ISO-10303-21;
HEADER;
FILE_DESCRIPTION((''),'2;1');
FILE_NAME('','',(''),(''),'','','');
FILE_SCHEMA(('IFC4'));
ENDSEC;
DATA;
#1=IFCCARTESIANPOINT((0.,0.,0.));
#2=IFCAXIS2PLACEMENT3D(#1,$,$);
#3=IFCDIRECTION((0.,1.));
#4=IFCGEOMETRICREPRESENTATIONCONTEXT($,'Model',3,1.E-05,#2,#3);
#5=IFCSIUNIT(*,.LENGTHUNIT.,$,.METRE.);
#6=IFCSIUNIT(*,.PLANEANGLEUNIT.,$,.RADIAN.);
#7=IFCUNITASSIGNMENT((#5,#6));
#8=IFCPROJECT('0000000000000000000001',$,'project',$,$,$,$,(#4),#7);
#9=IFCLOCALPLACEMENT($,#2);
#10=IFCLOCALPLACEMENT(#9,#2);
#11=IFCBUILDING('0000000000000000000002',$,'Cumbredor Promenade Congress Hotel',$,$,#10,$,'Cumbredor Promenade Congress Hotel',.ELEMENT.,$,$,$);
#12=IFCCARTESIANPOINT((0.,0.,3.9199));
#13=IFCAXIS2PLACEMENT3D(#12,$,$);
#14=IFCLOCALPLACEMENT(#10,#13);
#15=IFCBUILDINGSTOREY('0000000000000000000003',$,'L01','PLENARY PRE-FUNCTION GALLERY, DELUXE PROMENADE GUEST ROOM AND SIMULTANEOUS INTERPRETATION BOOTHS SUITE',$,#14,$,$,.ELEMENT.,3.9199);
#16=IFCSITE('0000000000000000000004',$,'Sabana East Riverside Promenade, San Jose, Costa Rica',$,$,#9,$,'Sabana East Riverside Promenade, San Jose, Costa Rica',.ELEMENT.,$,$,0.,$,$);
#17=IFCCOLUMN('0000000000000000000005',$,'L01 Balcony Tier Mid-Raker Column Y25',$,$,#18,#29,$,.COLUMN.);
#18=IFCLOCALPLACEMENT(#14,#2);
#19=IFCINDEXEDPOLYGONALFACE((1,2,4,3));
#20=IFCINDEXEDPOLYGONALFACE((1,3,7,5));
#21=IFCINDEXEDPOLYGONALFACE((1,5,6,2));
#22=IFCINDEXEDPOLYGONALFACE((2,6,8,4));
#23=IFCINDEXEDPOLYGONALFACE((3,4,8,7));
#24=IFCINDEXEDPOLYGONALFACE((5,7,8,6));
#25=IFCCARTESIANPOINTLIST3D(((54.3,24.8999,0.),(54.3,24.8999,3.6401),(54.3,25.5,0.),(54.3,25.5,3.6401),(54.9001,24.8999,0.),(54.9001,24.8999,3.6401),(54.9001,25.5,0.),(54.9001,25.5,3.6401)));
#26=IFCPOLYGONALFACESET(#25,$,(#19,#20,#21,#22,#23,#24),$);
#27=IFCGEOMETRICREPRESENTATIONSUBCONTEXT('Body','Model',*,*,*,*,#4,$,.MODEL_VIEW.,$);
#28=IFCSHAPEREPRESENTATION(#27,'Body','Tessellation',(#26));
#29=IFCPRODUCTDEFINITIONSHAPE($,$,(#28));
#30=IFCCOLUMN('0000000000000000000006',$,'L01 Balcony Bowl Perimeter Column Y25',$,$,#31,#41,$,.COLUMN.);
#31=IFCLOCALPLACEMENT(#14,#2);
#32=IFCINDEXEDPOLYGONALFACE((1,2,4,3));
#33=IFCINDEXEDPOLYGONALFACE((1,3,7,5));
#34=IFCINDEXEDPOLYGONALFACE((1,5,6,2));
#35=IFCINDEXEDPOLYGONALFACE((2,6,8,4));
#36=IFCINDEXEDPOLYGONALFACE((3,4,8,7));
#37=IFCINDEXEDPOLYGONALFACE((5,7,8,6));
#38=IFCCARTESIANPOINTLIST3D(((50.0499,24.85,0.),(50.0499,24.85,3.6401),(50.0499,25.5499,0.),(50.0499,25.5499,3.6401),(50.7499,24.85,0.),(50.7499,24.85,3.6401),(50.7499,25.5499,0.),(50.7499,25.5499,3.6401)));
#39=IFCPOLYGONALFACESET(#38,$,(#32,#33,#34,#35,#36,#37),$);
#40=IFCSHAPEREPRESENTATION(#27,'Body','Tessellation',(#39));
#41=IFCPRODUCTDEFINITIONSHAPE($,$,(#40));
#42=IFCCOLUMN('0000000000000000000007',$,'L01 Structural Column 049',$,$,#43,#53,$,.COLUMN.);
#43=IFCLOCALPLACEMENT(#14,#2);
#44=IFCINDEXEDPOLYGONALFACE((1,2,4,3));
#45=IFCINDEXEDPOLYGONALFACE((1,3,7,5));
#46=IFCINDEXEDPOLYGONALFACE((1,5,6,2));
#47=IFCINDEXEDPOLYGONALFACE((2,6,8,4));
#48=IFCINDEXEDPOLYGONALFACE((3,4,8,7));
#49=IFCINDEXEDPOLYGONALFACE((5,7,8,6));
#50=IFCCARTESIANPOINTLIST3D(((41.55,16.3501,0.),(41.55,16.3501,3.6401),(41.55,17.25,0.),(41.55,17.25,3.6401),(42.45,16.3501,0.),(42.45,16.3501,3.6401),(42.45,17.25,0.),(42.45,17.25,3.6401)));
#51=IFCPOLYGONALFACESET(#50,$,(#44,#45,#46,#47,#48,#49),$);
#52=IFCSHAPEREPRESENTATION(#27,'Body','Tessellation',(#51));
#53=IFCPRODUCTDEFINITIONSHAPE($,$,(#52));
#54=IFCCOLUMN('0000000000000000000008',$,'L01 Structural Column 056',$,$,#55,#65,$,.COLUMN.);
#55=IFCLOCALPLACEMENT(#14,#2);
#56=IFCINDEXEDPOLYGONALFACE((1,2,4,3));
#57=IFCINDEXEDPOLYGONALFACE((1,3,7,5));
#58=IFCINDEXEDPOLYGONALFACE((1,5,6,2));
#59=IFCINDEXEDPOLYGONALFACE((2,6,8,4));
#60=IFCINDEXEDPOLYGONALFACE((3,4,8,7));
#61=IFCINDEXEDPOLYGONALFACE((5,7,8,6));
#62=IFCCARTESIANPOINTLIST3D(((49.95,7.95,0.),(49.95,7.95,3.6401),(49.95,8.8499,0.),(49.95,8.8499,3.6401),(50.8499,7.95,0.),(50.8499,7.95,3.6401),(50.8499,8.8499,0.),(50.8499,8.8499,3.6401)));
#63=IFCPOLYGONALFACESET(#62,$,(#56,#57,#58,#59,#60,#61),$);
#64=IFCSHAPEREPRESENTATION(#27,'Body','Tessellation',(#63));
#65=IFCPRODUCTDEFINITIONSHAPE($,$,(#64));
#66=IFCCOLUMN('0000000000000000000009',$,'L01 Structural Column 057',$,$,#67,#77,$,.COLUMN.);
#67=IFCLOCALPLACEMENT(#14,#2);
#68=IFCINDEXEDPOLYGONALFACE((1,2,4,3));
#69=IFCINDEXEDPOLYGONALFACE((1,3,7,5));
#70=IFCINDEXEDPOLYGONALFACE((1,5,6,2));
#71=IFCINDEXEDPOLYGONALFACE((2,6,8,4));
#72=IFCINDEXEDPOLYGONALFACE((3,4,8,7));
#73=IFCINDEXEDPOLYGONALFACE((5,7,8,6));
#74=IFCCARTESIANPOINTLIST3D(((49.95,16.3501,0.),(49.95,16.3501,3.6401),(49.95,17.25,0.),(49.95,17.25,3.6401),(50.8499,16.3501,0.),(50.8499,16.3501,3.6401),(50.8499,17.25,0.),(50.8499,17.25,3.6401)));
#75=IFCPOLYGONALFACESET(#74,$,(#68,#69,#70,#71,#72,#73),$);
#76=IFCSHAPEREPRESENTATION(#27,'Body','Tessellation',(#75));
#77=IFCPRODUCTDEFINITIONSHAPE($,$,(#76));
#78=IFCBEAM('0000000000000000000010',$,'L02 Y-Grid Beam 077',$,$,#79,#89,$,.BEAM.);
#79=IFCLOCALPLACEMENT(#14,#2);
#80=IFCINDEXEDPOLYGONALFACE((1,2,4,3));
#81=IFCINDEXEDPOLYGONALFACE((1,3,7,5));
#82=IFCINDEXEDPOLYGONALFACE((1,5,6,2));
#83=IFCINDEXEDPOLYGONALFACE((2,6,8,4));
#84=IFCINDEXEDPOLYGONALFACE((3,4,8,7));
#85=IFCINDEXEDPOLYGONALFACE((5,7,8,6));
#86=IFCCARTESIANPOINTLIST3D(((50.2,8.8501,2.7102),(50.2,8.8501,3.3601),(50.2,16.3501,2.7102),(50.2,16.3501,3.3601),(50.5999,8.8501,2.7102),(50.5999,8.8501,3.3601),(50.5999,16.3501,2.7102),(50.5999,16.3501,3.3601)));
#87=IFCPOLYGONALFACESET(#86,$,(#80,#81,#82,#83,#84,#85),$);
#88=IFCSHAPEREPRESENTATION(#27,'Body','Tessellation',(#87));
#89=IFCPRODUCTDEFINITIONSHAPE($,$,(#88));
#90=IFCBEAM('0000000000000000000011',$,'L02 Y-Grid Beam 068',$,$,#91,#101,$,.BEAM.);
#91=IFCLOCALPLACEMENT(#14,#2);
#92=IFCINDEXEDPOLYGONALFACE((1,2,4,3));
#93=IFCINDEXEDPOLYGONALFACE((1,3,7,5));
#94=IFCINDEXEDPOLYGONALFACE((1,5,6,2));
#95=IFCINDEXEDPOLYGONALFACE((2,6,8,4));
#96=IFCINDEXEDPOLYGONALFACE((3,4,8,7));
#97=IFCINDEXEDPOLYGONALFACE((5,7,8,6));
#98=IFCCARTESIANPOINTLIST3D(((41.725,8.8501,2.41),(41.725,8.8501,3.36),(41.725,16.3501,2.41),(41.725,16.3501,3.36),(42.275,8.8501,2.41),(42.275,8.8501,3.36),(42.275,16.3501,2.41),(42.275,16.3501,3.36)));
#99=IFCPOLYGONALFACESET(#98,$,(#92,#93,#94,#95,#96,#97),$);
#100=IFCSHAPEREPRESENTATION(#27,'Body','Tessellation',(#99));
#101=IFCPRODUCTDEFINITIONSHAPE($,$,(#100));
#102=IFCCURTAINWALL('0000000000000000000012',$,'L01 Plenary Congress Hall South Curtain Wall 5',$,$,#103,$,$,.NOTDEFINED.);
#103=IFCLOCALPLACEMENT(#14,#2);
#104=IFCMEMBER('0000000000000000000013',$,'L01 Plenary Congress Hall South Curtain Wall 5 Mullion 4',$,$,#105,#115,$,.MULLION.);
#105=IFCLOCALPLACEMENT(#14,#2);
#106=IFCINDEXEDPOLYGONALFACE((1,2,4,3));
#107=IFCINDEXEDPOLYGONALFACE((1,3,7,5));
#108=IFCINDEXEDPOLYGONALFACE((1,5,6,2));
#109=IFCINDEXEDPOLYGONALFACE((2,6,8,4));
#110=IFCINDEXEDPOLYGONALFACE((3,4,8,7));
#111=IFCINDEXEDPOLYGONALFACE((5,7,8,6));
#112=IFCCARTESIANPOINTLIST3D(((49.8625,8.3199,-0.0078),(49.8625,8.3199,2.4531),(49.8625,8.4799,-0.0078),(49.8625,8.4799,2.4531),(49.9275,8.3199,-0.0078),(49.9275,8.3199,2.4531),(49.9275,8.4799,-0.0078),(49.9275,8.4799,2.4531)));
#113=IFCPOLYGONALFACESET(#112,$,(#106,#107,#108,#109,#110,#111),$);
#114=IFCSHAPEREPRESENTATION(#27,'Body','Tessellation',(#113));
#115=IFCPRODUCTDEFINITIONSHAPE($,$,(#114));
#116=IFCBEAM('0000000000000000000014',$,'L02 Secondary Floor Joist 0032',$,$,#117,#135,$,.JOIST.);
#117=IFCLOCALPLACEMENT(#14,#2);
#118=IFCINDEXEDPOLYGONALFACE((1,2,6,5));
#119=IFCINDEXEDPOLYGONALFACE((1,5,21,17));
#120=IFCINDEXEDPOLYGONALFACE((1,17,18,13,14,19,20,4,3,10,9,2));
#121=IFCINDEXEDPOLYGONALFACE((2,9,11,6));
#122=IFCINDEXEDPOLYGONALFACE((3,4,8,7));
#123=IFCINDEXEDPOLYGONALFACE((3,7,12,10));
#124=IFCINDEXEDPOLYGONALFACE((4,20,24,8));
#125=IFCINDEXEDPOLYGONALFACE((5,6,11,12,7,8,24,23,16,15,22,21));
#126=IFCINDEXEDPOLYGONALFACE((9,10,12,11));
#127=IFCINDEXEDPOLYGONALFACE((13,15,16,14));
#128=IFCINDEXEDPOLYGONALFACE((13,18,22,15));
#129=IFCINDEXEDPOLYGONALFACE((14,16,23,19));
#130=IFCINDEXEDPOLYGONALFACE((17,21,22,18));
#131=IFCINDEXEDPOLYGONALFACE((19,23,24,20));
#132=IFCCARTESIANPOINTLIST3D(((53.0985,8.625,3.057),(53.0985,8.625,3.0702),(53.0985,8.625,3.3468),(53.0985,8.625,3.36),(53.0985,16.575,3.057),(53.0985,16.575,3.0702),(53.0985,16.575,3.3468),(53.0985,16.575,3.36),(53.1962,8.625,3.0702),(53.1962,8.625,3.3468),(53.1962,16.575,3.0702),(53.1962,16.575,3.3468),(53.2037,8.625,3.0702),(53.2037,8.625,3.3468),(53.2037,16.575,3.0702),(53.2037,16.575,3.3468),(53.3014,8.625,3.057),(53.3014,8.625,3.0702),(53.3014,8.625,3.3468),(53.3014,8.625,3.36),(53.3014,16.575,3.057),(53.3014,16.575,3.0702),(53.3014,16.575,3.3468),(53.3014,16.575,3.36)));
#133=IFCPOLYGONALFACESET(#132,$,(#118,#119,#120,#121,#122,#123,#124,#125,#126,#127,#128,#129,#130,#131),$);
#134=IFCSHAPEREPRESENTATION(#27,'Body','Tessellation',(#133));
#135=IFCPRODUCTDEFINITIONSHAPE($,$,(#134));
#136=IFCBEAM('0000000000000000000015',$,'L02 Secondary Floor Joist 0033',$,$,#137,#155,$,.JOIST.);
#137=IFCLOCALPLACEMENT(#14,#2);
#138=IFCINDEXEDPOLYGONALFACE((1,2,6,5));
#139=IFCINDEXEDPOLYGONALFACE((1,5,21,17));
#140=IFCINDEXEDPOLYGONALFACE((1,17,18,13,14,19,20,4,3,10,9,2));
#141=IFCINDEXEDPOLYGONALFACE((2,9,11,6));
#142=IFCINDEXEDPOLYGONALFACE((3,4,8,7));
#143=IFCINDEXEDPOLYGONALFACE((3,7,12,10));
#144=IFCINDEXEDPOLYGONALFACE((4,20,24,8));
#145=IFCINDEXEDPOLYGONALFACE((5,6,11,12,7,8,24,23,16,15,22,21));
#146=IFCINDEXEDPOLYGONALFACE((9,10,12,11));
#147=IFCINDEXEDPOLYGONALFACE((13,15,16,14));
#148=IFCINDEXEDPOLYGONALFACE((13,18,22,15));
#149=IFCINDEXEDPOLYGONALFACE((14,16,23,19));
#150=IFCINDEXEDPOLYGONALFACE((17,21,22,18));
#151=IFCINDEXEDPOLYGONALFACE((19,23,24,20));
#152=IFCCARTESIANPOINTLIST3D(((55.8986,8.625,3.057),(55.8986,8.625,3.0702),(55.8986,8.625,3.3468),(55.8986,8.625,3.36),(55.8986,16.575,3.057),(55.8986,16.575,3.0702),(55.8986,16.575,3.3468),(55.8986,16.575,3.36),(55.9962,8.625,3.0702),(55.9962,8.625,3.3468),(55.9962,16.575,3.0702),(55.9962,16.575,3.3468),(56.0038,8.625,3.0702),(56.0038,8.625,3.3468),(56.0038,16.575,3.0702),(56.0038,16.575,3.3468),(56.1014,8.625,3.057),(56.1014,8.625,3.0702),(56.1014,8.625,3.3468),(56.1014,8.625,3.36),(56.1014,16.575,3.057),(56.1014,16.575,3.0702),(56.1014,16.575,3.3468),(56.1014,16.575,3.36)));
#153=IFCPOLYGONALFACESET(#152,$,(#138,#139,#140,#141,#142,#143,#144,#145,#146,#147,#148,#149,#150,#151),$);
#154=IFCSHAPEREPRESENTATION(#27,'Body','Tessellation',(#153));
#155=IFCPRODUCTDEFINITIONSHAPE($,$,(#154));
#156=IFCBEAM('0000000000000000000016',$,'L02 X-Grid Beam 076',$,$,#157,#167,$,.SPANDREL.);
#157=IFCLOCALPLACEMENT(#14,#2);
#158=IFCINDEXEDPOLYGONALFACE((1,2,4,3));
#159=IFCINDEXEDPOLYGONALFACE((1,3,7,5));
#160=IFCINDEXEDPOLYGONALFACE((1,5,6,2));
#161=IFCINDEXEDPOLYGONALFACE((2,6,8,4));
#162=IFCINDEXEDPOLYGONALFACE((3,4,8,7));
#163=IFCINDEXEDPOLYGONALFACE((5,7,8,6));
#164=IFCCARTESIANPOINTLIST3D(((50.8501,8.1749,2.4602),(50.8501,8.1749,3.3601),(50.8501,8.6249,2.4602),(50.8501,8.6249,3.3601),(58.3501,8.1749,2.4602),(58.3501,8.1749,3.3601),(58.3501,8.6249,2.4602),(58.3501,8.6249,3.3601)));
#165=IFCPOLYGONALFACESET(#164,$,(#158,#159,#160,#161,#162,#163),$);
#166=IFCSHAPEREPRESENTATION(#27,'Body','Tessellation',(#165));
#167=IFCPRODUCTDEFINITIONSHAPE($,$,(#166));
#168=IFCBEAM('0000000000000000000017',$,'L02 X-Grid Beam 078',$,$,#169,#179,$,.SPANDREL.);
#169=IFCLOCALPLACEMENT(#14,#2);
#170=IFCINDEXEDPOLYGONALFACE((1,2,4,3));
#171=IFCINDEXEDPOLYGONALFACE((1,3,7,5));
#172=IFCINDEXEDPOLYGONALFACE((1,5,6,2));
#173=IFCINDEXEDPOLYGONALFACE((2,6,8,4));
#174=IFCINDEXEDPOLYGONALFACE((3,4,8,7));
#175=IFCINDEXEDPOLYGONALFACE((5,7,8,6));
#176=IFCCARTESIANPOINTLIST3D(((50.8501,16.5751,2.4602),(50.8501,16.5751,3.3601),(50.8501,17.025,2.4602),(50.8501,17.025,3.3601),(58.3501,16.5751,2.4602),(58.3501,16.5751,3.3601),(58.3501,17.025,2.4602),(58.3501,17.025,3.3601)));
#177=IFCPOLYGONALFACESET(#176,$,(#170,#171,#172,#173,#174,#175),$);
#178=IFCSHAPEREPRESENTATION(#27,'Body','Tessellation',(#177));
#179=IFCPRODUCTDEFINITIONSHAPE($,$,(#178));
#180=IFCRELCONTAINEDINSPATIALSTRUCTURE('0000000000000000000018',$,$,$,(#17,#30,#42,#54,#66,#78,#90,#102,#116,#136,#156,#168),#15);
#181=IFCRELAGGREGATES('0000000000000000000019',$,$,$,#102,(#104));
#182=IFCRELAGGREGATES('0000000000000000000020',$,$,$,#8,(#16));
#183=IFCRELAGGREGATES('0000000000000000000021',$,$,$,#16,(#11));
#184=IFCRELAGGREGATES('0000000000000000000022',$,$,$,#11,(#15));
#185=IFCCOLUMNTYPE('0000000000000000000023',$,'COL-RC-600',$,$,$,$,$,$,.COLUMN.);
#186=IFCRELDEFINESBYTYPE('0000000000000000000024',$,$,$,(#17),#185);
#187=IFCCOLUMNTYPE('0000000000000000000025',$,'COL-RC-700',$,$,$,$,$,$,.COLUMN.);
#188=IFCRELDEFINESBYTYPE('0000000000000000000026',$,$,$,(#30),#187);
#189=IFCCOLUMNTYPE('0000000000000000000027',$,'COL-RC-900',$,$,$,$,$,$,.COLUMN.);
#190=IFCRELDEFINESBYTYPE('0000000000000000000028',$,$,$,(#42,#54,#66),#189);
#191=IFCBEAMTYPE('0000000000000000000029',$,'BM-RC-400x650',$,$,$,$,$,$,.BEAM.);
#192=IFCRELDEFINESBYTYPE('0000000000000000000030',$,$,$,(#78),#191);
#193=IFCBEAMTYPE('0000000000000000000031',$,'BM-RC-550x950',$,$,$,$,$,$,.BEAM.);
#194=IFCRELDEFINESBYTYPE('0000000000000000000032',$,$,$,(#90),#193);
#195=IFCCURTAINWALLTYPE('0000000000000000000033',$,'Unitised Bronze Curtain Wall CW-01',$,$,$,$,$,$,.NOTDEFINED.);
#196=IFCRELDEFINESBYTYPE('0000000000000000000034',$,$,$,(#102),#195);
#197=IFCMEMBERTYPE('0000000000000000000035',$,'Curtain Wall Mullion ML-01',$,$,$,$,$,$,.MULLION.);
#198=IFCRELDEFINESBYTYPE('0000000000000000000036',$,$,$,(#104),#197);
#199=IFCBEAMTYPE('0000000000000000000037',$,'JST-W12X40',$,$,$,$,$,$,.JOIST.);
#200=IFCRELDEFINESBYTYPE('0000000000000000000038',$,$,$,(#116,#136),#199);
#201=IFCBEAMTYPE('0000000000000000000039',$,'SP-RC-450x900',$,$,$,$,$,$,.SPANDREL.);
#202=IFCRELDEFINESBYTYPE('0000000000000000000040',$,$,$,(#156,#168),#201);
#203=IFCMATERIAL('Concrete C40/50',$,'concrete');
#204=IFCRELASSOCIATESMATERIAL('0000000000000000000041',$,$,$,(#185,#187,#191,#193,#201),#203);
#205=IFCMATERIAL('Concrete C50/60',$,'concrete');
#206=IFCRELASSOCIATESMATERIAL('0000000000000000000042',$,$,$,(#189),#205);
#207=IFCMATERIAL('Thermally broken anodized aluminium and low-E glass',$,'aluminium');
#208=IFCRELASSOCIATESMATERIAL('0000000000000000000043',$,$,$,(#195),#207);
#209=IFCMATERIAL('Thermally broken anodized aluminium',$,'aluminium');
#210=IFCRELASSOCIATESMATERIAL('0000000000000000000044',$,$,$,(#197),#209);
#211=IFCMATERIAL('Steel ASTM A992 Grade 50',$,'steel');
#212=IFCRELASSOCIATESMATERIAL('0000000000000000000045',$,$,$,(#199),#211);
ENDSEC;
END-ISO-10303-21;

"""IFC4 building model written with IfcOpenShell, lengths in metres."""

from ifc_helpers import new_model, si_unit, direction, frame, origin, origin_2d, place, context, subcontext, project, spatial, rectangle, i_section, extrude, material, material_profile, profile_set, type_object, element, aggregate, save


model = new_model("IFC4")

# Units and contexts
model_context = context("Model", 3, precision=1e-05, world=origin(), true_north=direction((0.0, 1.0)))
body_context = subcontext(model_context, "Body", "Model", "MODEL_VIEW")
ifc_project = project(units=[si_unit("LENGTHUNIT", "METRE"), si_unit("PLANEANGLEUNIT", "RADIAN")], contexts=[model_context])

# Site, building, storey
site_placement = place(None, origin())
site = spatial("IfcSite", under=ifc_project, at=site_placement, Name="Sabana East Riverside Promenade, San Jose, Costa Rica", LongName="Sabana East Riverside Promenade, San Jose, Costa Rica", CompositionType="ELEMENT", RefElevation=0.0)
building_placement = place(site_placement, origin())
building = spatial("IfcBuilding", under=site, at=building_placement, Name="Cumbredor Promenade Congress Hotel", LongName="Cumbredor Promenade Congress Hotel", CompositionType="ELEMENT")
storey_placement = place(building_placement, frame((0.0, 0.0, 3.9199)))
storey = spatial("IfcBuildingStorey", under=building, at=storey_placement, Name="L01", Description="PLENARY PRE-FUNCTION GALLERY, DELUXE PROMENADE GUEST ROOM AND SIMULTANEOUS INTERPRETATION BOOTHS SUITE", CompositionType="ELEMENT", Elevation=3.9199)

# Columns
ifc_material_1 = material(Name="Concrete C40/50", Category="concrete")
ifc_material_profile_1 = material_profile(ifc_material_1, rectangle(XDim=0.6001, YDim=0.6001, at=origin_2d()), Name="RC 600x600")
ifc_profile_set_1 = profile_set([ifc_material_profile_1], Name="Concrete C40/50")
column_type_1 = type_object("IfcColumnType", Name="COL-RC-600", PredefinedType="COLUMN", material=ifc_profile_set_1)
column_1_placement = place(storey_placement, frame((54.6001, 25.2, 0.0), z_axis=(0.0, 0.0, 1.0), x_axis=(1.0, 0.0, 0.0)))
element("IfcColumn", 1, at=column_1_placement, inside=storey, type_object=column_type_1, Name="L01 Balcony Tier Mid-Raker Column Y25", PredefinedType="COLUMN", context=body_context, shape_type="SweptSolid", body=[
    extrude(rectangle(XDim=0.6001, YDim=0.6001, at=origin_2d()), origin(), (0.0, 0.0, 1.0), 3.6401),
])
ifc_material_profile_2 = material_profile(ifc_material_1, rectangle(XDim=0.7, YDim=0.7, at=origin_2d()), Name="RC 700x700")
ifc_profile_set_2 = profile_set([ifc_material_profile_2], Name="Concrete C40/50")
column_type_2 = type_object("IfcColumnType", Name="COL-RC-700", PredefinedType="COLUMN", material=ifc_profile_set_2)
column_2_placement = place(storey_placement, frame((50.3999, 25.2, 0.0), z_axis=(0.0, 0.0, 1.0), x_axis=(1.0, 0.0, 0.0)))
element("IfcColumn", 2, at=column_2_placement, inside=storey, type_object=column_type_2, Name="L01 Balcony Bowl Perimeter Column Y25", PredefinedType="COLUMN", context=body_context, shape_type="SweptSolid", body=[
    extrude(rectangle(XDim=0.7, YDim=0.7, at=origin_2d()), origin(), (0.0, 0.0, 1.0), 3.6401),
])
ifc_material_2 = material(Name="Concrete C50/60", Category="concrete")
ifc_material_profile_3 = material_profile(ifc_material_2, rectangle(XDim=0.8999, YDim=0.8999, at=origin_2d()), Name="RC 900x900")
ifc_profile_set_3 = profile_set([ifc_material_profile_3], Name="Concrete C50/60")
column_type_3 = type_object("IfcColumnType", Name="COL-RC-900", PredefinedType="COLUMN", material=ifc_profile_set_3)
for number, where, z_axis, x_axis, name in (
    (3, (42.0, 16.8, 0.0), (0.0, 0.0, 1.0), (1.0, 0.0, 0.0), "L01 Structural Column 049"),
    (4, (50.3999, 8.3999, 0.0), (0.0, 0.0, 1.0), (1.0, 0.0, 0.0), "L01 Structural Column 056"),
    (5, (50.3999, 16.8, 0.0), (0.0, 0.0, 1.0), (1.0, 0.0, 0.0), "L01 Structural Column 057"),
):
    element("IfcColumn", number, at=place(storey_placement, frame(where, z_axis=z_axis, x_axis=x_axis)), inside=storey, type_object=column_type_3, Name=name, PredefinedType="COLUMN", context=body_context, shape_type="SweptSolid", body=[
        extrude(rectangle(XDim=0.8999, YDim=0.8999, at=origin_2d()), origin(), (0.0, 0.0, 1.0), 3.6401),
    ])

# Beams
ifc_material_profile_4 = material_profile(ifc_material_1, rectangle(XDim=0.3999, YDim=0.6499, at=origin_2d()), Name="RC BEAM 400x650")
ifc_profile_set_4 = profile_set([ifc_material_profile_4], Name="Concrete C40/50")
beam_type_1 = type_object("IfcBeamType", Name="BM-RC-400x650", PredefinedType="BEAM", material=ifc_profile_set_4)
beam_1_placement = place(storey_placement, frame((50.3999, 8.8501, 3.0352), z_axis=(0.0, 1.0, 0.0), x_axis=(-1.0, 0.0, 0.0)))
element("IfcBeam", 6, at=beam_1_placement, inside=storey, type_object=beam_type_1, Name="L02 Y-Grid Beam 077", PredefinedType="BEAM", context=body_context, shape_type="SweptSolid", body=[
    extrude(rectangle(XDim=0.3999, YDim=0.6499, at=origin_2d()), origin(), (0.0, 0.0, 1.0), 7.5),
])
ifc_material_profile_5 = material_profile(ifc_material_1, rectangle(XDim=0.55, YDim=0.95, at=origin_2d()), Name="RC BEAM 550x950")
ifc_profile_set_5 = profile_set([ifc_material_profile_5], Name="Concrete C40/50")
beam_type_2 = type_object("IfcBeamType", Name="BM-RC-550x950", PredefinedType="BEAM", material=ifc_profile_set_5)
beam_2_placement = place(storey_placement, frame((42.0, 8.8501, 2.885), z_axis=(0.0, 1.0, 0.0), x_axis=(-1.0, 0.0, 0.0)))
element("IfcBeam", 7, at=beam_2_placement, inside=storey, type_object=beam_type_2, Name="L02 Y-Grid Beam 068", PredefinedType="BEAM", context=body_context, shape_type="SweptSolid", body=[
    extrude(rectangle(XDim=0.55, YDim=0.95, at=origin_2d()), origin(), (0.0, 0.0, 1.0), 7.5),
])

# Curtain wall, member
ifc_material_3 = material(Name="Thermally broken anodized aluminium and low-E glass", Category="aluminium")
curtain_wall_type = type_object("IfcCurtainWallType", Name="Unitised Bronze Curtain Wall CW-01", PredefinedType="NOTDEFINED", material=ifc_material_3)
curtain_wall_placement = place(storey_placement, origin())
curtain_wall = element("IfcCurtainWall", 8, at=curtain_wall_placement, inside=storey, type_object=curtain_wall_type, Name="L01 Plenary Congress Hall South Curtain Wall 5", PredefinedType="NOTDEFINED")
ifc_material_4 = material(Name="Thermally broken anodized aluminium", Category="aluminium")
ifc_material_profile_6 = material_profile(ifc_material_4, rectangle(XDim=0.0649, YDim=0.1599, at=origin_2d()), Name="ALU MULLION 65x160")
ifc_profile_set_6 = profile_set([ifc_material_profile_6], Name="Thermally broken anodized aluminium")
member_type_1 = type_object("IfcMemberType", Name="Curtain Wall Mullion ML-01", PredefinedType="MULLION", material=ifc_profile_set_6)
member_1_placement = place(storey_placement, frame((49.895, 8.3999, -0.0078), z_axis=(0.0, 0.0, 1.0), x_axis=(1.0, 0.0, 0.0)))
member_1 = element("IfcMember", 9, at=member_1_placement, type_object=member_type_1, Name="L01 Plenary Congress Hall South Curtain Wall 5 Mullion 4", PredefinedType="MULLION", context=body_context, shape_type="SweptSolid", body=[
    extrude(rectangle(XDim=0.0649, YDim=0.1599, at=origin_2d()), origin(), (0.0, 0.0, 1.0), 2.4609),
])
aggregate(curtain_wall, [member_1])

# Beams
ifc_material_5 = material(Name="Steel ASTM A992 Grade 50", Category="steel")
ifc_material_profile_7 = material_profile(ifc_material_5, i_section(OverallWidth=0.2029, OverallDepth=0.303, WebThickness=0.0076, FlangeThickness=0.0132, at=origin_2d()), Name="W12X40")
ifc_profile_set_7 = profile_set([ifc_material_profile_7], Name="Steel ASTM A992 Grade 50")
beam_type_3 = type_object("IfcBeamType", Name="JST-W12X40", PredefinedType="JOIST", material=ifc_profile_set_7)
for number, where, z_axis, x_axis, name in (
    (10, (53.2, 8.625, 3.2085), (0.0, 1.0, 0.0), (-1.0, 0.0, 0.0), "L02 Secondary Floor Joist 0032"),
    (11, (56.0, 8.625, 3.2085), (0.0, 1.0, 0.0), (-1.0, 0.0, 0.0), "L02 Secondary Floor Joist 0033"),
):
    element("IfcBeam", number, at=place(storey_placement, frame(where, z_axis=z_axis, x_axis=x_axis)), inside=storey, type_object=beam_type_3, Name=name, PredefinedType="JOIST", context=body_context, shape_type="SweptSolid", body=[
        extrude(i_section(OverallWidth=0.2029, OverallDepth=0.303, WebThickness=0.0076, FlangeThickness=0.0132, at=origin_2d()), origin(), (0.0, 0.0, 1.0), 7.95),
    ])
ifc_material_profile_8 = material_profile(ifc_material_1, rectangle(XDim=0.45, YDim=0.8999, at=origin_2d()), Name="RC SPANDREL 450x900")
ifc_profile_set_8 = profile_set([ifc_material_profile_8], Name="Concrete C40/50")
beam_type_4 = type_object("IfcBeamType", Name="SP-RC-450x900", PredefinedType="SPANDREL", material=ifc_profile_set_8)
for number, where, z_axis, x_axis, name in (
    (12, (50.8501, 8.3999, 2.9102), (1.0, 0.0, 0.0), (0.0, 1.0, 0.0), "L02 X-Grid Beam 076"),
    (13, (50.8501, 16.8, 2.9102), (1.0, 0.0, 0.0), (0.0, 1.0, 0.0), "L02 X-Grid Beam 078"),
):
    element("IfcBeam", number, at=place(storey_placement, frame(where, z_axis=z_axis, x_axis=x_axis)), inside=storey, type_object=beam_type_4, Name=name, PredefinedType="SPANDREL", context=body_context, shape_type="SweptSolid", body=[
        extrude(rectangle(XDim=0.45, YDim=0.8999, at=origin_2d()), origin(), (0.0, 0.0, 1.0), 7.5),
    ])

save(model, "model.ifc")
